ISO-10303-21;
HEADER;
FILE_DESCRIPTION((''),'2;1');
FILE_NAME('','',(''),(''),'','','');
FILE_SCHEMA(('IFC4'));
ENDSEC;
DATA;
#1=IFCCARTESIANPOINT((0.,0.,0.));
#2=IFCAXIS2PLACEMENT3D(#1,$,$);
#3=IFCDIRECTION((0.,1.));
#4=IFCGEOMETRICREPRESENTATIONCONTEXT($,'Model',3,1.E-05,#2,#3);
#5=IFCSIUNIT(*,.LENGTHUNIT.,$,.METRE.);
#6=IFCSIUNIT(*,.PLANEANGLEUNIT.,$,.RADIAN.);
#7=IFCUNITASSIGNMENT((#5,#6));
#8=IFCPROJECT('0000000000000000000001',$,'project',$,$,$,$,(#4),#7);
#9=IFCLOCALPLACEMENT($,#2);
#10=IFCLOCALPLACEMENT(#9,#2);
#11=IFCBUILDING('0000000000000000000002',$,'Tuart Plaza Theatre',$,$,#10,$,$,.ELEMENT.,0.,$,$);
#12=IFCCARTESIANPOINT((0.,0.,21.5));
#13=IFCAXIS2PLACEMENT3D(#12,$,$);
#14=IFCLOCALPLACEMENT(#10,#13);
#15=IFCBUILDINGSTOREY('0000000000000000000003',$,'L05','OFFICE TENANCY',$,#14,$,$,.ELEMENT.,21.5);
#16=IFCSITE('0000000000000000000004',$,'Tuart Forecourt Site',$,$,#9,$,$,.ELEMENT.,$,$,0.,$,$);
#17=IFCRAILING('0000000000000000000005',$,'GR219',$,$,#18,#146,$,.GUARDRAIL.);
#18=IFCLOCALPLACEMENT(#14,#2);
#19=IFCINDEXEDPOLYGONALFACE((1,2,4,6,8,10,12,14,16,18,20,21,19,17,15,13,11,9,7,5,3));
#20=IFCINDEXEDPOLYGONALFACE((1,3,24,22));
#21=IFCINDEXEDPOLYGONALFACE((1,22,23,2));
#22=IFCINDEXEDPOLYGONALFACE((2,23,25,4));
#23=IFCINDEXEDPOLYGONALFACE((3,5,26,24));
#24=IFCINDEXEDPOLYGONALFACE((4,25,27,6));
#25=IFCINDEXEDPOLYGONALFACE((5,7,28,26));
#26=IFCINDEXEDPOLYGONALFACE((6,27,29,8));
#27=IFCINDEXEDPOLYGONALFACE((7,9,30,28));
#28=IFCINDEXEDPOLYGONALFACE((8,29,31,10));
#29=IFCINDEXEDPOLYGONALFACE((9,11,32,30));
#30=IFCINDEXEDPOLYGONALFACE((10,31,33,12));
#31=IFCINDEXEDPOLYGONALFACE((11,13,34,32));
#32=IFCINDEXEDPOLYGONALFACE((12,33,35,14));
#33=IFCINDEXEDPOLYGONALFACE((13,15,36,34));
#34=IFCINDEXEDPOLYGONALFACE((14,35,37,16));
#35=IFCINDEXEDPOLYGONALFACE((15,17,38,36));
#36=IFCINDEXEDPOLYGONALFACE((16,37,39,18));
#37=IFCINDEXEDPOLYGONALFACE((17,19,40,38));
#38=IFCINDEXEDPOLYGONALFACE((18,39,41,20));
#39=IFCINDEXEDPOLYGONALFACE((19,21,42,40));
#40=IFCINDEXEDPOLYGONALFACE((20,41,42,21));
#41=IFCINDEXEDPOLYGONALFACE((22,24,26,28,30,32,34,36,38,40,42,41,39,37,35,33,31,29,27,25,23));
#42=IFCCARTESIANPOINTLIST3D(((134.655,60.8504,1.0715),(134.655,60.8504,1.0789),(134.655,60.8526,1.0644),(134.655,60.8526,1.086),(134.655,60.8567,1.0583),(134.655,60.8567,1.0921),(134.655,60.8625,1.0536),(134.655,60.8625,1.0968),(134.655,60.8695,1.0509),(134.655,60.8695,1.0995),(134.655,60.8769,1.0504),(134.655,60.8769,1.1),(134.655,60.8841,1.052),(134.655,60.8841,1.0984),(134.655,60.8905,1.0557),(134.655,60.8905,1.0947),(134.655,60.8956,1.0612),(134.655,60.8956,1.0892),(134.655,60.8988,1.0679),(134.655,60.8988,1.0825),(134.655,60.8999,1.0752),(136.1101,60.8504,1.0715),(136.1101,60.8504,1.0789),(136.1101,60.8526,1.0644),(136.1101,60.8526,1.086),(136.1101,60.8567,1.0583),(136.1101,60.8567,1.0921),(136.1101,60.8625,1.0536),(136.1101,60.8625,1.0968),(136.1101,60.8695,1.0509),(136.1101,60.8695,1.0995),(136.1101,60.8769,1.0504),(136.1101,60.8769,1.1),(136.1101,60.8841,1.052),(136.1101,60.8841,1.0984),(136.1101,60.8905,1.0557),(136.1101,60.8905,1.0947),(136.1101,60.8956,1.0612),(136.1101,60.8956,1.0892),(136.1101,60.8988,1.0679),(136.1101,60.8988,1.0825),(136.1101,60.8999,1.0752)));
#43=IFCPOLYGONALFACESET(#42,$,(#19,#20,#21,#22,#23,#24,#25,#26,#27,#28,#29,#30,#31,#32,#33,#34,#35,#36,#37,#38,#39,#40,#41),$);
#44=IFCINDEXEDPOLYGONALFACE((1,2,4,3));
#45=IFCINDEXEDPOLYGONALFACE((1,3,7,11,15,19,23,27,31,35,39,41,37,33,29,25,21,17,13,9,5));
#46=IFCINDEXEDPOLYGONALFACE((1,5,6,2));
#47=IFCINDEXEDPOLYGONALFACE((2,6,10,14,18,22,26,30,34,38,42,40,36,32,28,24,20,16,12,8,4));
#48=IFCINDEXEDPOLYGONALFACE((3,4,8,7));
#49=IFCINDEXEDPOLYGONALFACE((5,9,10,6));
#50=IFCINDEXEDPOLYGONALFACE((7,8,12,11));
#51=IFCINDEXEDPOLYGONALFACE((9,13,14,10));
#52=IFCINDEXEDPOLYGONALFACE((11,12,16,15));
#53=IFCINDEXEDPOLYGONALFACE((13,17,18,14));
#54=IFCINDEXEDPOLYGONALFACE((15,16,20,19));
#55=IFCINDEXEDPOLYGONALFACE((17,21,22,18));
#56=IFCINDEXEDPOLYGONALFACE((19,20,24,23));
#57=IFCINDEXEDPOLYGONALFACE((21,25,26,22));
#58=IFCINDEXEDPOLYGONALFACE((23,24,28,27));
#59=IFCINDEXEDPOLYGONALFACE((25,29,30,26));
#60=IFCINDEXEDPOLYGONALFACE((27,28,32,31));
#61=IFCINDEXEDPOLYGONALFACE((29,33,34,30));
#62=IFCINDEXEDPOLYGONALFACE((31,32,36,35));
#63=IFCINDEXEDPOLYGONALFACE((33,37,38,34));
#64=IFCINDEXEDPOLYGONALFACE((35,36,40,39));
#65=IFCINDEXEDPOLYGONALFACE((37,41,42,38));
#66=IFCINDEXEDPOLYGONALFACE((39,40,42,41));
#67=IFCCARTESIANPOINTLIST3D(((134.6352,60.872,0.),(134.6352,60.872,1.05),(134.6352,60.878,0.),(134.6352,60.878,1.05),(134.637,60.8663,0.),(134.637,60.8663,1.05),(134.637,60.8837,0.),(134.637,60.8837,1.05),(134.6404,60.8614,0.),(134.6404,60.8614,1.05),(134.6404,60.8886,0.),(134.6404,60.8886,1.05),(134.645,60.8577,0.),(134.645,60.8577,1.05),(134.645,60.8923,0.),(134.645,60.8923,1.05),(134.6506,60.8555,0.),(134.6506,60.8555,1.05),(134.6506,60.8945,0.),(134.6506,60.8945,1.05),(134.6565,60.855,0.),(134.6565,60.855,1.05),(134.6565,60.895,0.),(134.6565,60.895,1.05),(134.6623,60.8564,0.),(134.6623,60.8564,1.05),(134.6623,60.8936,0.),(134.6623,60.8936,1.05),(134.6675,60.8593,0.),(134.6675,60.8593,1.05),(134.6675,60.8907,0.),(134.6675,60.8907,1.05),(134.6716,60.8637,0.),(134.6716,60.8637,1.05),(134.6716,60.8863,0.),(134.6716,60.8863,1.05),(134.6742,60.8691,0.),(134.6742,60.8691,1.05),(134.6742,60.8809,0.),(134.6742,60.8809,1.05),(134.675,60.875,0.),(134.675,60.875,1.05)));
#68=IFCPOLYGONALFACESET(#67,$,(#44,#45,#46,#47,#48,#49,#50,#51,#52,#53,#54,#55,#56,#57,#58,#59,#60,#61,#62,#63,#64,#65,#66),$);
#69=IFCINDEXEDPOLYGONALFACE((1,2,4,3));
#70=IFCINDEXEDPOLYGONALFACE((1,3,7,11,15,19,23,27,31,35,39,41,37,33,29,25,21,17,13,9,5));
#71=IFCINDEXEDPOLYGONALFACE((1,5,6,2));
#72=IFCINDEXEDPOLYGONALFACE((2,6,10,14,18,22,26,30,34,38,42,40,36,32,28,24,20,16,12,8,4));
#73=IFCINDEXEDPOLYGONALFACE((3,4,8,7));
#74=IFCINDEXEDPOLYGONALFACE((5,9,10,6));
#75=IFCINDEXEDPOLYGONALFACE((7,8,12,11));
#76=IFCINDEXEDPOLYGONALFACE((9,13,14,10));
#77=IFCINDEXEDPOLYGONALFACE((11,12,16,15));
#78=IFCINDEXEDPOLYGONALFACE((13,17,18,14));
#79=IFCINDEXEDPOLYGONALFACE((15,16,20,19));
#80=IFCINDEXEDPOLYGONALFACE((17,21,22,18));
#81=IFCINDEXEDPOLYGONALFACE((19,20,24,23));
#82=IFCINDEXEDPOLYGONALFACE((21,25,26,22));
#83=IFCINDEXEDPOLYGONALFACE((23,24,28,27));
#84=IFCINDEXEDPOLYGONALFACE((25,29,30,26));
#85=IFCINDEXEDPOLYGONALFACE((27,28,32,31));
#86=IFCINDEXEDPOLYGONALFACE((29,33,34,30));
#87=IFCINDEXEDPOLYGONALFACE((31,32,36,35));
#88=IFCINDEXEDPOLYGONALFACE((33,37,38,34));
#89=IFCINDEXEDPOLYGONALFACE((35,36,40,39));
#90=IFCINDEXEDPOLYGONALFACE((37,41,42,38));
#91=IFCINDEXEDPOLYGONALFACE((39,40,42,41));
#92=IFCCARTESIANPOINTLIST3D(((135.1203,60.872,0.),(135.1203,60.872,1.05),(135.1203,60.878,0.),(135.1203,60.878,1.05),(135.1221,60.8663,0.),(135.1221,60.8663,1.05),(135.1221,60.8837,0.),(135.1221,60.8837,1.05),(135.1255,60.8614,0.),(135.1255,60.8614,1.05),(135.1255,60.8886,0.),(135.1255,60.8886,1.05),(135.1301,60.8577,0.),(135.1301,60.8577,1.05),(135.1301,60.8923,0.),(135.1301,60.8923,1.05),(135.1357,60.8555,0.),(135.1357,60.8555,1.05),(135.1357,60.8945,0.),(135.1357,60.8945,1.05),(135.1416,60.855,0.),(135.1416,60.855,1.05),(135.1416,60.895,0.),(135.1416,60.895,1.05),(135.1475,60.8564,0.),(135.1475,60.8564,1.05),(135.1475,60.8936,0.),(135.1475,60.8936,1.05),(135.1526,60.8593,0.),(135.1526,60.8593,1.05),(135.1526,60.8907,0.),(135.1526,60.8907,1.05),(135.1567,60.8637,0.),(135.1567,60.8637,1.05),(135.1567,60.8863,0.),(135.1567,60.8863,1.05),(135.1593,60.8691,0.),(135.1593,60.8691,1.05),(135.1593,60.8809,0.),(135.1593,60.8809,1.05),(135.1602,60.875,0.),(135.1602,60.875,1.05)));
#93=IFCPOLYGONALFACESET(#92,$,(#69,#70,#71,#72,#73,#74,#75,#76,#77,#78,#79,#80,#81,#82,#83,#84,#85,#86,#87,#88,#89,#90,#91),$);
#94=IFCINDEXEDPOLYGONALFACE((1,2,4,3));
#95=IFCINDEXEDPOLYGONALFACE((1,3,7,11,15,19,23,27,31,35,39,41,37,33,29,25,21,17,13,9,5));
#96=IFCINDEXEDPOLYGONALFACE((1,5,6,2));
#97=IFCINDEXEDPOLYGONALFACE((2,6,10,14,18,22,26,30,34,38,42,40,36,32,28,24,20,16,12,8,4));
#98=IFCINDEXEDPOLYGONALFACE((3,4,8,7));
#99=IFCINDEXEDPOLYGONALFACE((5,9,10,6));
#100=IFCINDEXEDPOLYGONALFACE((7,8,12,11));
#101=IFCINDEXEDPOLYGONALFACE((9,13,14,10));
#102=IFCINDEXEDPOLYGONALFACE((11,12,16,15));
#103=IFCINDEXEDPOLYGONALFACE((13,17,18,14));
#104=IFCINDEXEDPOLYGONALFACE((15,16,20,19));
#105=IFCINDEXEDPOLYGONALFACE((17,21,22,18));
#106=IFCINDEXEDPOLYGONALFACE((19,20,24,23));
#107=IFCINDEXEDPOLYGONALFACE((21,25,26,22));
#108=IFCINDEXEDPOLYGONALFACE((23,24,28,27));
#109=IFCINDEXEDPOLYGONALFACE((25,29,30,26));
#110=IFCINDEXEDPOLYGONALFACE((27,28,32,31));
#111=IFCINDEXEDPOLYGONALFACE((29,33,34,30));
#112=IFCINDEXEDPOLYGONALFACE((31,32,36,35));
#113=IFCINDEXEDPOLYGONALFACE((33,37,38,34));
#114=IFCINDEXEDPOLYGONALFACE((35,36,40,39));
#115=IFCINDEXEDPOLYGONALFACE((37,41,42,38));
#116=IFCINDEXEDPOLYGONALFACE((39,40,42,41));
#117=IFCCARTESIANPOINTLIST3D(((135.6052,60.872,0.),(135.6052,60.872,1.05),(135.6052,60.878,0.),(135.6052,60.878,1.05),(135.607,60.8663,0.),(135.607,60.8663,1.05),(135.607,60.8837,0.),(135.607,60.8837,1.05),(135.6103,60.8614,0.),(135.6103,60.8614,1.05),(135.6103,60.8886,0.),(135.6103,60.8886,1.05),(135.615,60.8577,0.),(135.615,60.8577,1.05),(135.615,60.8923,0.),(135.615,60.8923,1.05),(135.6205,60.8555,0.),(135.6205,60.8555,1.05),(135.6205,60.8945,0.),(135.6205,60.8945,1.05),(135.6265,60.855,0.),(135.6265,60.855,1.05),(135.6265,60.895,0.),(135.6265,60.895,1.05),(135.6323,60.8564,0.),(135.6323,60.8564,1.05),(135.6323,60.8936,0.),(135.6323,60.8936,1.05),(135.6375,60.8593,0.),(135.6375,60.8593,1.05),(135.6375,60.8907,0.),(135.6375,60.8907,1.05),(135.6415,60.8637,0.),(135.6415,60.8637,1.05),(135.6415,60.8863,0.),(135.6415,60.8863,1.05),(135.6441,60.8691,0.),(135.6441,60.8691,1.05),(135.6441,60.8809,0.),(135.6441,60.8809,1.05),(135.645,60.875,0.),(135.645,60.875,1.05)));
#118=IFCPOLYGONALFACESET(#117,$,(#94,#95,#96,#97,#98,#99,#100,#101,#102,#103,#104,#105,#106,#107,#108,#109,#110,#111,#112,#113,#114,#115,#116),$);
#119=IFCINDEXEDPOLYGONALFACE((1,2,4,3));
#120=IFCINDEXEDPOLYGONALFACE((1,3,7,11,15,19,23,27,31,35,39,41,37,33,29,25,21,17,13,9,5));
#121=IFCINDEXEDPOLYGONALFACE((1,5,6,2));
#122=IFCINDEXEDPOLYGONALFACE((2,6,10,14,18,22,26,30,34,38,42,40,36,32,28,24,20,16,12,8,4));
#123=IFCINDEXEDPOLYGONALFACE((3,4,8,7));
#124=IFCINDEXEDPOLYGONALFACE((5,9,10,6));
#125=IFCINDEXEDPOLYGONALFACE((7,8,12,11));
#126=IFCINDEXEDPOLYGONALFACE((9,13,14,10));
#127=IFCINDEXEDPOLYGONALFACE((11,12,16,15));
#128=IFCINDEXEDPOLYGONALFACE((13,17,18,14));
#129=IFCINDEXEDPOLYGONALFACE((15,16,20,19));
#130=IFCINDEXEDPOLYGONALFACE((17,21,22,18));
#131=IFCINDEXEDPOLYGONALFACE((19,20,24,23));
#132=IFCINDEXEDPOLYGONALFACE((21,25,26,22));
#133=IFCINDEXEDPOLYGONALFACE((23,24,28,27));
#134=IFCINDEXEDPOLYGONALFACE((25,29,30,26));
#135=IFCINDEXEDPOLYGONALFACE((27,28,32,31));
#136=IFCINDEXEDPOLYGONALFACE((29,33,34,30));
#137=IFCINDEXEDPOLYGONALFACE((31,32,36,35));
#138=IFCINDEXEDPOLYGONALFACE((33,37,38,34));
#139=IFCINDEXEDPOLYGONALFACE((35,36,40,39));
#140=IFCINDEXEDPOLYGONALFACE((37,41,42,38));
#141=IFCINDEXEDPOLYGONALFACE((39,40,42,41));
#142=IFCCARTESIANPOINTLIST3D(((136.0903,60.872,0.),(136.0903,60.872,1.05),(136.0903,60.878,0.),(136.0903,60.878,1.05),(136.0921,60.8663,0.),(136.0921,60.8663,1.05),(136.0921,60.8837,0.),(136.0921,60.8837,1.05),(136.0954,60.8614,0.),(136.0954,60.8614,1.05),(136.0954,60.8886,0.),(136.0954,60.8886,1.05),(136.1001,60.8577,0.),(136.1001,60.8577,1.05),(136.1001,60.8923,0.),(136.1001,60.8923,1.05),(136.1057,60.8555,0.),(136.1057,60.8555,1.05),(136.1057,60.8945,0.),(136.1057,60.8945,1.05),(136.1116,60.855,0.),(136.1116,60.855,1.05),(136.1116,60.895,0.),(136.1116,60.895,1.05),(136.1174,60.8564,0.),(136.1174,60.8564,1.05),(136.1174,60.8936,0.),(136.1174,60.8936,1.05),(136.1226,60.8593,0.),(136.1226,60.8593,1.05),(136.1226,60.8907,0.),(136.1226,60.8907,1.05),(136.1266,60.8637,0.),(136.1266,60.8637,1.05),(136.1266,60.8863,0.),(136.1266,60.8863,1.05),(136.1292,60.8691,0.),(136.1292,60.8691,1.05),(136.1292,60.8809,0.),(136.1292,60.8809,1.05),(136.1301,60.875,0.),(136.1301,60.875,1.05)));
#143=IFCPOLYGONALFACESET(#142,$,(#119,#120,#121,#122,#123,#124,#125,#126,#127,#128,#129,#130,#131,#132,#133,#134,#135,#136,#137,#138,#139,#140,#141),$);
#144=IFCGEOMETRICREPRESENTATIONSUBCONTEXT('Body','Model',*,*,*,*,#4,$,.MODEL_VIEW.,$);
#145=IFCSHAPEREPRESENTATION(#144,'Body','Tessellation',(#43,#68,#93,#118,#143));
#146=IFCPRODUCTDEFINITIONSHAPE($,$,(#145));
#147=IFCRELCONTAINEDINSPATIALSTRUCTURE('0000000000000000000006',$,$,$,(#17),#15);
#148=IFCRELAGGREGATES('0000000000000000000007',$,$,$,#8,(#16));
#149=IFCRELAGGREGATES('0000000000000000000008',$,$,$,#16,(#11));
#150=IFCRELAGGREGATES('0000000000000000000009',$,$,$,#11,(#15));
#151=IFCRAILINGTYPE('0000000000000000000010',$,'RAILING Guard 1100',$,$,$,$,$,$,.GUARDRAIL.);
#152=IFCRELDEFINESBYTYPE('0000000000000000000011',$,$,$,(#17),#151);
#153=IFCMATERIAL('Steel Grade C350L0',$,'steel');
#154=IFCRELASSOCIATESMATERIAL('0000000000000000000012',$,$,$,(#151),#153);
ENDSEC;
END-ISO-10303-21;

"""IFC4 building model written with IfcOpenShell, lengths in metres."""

from ifc_helpers import new_model, si_unit, direction, frame, origin, origin_2d, place, context, subcontext, project, spatial, circle, extrude, material, type_object, element, save


model = new_model("IFC4")

# Units and contexts
model_context = context("Model", 3, precision=1e-05, world=origin(), true_north=direction((0.0, 1.0)))
body_context = subcontext(model_context, "Body", "Model", "MODEL_VIEW")
ifc_project = project(units=[si_unit("LENGTHUNIT", "METRE"), si_unit("PLANEANGLEUNIT", "RADIAN")], contexts=[model_context])

# Site, building, storey
site_placement = place(None, origin())
site = spatial("IfcSite", under=ifc_project, at=site_placement, Name="Tuart Forecourt Site", CompositionType="ELEMENT", RefElevation=0.0)
building_placement = place(site_placement, origin())
building = spatial("IfcBuilding", under=site, at=building_placement, Name="Tuart Plaza Theatre", CompositionType="ELEMENT", ElevationOfRefHeight=0.0)
storey_placement = place(building_placement, frame((0.0, 0.0, 21.5)))
storey = spatial("IfcBuildingStorey", under=building, at=storey_placement, Name="L05", Description="OFFICE TENANCY", CompositionType="ELEMENT", Elevation=21.5)

# Railing
ifc_material_1 = material(Name="Steel Grade C350L0", Category="steel")
railing_type_1 = type_object("IfcRailingType", Name="RAILING Guard 1100", PredefinedType="GUARDRAIL", material=ifc_material_1)
railing_1_placement = place(storey_placement, frame((134.655, 60.875, 0.0)))
element("IfcRailing", 1, at=railing_1_placement, inside=storey, type_object=railing_type_1, Name="GR219", PredefinedType="GUARDRAIL", context=body_context, shape_type="SweptSolid", body=[
    extrude(circle(Radius=0.0249, at=origin_2d()), frame((0.0, 0.0, 1.0752), z_axis=(1.0, 0.0, 0.0), x_axis=(0.0, 1.0, 0.0)), (0.0, 0.0, 1.0), 1.4551),
    extrude(circle(Radius=0.02, at=origin_2d()), origin(), (0.0, 0.0, 1.0), 1.05),
    extrude(circle(Radius=0.02, at=origin_2d()), frame((0.4851, 0.0, 0.0)), (0.0, 0.0, 1.0), 1.05),
    extrude(circle(Radius=0.02, at=origin_2d()), frame((0.97, 0.0, 0.0)), (0.0, 0.0, 1.0), 1.05),
    extrude(circle(Radius=0.02, at=origin_2d()), frame((1.4551, 0.0, 0.0)), (0.0, 0.0, 1.0), 1.05),
])

save(model, "model.ifc")
